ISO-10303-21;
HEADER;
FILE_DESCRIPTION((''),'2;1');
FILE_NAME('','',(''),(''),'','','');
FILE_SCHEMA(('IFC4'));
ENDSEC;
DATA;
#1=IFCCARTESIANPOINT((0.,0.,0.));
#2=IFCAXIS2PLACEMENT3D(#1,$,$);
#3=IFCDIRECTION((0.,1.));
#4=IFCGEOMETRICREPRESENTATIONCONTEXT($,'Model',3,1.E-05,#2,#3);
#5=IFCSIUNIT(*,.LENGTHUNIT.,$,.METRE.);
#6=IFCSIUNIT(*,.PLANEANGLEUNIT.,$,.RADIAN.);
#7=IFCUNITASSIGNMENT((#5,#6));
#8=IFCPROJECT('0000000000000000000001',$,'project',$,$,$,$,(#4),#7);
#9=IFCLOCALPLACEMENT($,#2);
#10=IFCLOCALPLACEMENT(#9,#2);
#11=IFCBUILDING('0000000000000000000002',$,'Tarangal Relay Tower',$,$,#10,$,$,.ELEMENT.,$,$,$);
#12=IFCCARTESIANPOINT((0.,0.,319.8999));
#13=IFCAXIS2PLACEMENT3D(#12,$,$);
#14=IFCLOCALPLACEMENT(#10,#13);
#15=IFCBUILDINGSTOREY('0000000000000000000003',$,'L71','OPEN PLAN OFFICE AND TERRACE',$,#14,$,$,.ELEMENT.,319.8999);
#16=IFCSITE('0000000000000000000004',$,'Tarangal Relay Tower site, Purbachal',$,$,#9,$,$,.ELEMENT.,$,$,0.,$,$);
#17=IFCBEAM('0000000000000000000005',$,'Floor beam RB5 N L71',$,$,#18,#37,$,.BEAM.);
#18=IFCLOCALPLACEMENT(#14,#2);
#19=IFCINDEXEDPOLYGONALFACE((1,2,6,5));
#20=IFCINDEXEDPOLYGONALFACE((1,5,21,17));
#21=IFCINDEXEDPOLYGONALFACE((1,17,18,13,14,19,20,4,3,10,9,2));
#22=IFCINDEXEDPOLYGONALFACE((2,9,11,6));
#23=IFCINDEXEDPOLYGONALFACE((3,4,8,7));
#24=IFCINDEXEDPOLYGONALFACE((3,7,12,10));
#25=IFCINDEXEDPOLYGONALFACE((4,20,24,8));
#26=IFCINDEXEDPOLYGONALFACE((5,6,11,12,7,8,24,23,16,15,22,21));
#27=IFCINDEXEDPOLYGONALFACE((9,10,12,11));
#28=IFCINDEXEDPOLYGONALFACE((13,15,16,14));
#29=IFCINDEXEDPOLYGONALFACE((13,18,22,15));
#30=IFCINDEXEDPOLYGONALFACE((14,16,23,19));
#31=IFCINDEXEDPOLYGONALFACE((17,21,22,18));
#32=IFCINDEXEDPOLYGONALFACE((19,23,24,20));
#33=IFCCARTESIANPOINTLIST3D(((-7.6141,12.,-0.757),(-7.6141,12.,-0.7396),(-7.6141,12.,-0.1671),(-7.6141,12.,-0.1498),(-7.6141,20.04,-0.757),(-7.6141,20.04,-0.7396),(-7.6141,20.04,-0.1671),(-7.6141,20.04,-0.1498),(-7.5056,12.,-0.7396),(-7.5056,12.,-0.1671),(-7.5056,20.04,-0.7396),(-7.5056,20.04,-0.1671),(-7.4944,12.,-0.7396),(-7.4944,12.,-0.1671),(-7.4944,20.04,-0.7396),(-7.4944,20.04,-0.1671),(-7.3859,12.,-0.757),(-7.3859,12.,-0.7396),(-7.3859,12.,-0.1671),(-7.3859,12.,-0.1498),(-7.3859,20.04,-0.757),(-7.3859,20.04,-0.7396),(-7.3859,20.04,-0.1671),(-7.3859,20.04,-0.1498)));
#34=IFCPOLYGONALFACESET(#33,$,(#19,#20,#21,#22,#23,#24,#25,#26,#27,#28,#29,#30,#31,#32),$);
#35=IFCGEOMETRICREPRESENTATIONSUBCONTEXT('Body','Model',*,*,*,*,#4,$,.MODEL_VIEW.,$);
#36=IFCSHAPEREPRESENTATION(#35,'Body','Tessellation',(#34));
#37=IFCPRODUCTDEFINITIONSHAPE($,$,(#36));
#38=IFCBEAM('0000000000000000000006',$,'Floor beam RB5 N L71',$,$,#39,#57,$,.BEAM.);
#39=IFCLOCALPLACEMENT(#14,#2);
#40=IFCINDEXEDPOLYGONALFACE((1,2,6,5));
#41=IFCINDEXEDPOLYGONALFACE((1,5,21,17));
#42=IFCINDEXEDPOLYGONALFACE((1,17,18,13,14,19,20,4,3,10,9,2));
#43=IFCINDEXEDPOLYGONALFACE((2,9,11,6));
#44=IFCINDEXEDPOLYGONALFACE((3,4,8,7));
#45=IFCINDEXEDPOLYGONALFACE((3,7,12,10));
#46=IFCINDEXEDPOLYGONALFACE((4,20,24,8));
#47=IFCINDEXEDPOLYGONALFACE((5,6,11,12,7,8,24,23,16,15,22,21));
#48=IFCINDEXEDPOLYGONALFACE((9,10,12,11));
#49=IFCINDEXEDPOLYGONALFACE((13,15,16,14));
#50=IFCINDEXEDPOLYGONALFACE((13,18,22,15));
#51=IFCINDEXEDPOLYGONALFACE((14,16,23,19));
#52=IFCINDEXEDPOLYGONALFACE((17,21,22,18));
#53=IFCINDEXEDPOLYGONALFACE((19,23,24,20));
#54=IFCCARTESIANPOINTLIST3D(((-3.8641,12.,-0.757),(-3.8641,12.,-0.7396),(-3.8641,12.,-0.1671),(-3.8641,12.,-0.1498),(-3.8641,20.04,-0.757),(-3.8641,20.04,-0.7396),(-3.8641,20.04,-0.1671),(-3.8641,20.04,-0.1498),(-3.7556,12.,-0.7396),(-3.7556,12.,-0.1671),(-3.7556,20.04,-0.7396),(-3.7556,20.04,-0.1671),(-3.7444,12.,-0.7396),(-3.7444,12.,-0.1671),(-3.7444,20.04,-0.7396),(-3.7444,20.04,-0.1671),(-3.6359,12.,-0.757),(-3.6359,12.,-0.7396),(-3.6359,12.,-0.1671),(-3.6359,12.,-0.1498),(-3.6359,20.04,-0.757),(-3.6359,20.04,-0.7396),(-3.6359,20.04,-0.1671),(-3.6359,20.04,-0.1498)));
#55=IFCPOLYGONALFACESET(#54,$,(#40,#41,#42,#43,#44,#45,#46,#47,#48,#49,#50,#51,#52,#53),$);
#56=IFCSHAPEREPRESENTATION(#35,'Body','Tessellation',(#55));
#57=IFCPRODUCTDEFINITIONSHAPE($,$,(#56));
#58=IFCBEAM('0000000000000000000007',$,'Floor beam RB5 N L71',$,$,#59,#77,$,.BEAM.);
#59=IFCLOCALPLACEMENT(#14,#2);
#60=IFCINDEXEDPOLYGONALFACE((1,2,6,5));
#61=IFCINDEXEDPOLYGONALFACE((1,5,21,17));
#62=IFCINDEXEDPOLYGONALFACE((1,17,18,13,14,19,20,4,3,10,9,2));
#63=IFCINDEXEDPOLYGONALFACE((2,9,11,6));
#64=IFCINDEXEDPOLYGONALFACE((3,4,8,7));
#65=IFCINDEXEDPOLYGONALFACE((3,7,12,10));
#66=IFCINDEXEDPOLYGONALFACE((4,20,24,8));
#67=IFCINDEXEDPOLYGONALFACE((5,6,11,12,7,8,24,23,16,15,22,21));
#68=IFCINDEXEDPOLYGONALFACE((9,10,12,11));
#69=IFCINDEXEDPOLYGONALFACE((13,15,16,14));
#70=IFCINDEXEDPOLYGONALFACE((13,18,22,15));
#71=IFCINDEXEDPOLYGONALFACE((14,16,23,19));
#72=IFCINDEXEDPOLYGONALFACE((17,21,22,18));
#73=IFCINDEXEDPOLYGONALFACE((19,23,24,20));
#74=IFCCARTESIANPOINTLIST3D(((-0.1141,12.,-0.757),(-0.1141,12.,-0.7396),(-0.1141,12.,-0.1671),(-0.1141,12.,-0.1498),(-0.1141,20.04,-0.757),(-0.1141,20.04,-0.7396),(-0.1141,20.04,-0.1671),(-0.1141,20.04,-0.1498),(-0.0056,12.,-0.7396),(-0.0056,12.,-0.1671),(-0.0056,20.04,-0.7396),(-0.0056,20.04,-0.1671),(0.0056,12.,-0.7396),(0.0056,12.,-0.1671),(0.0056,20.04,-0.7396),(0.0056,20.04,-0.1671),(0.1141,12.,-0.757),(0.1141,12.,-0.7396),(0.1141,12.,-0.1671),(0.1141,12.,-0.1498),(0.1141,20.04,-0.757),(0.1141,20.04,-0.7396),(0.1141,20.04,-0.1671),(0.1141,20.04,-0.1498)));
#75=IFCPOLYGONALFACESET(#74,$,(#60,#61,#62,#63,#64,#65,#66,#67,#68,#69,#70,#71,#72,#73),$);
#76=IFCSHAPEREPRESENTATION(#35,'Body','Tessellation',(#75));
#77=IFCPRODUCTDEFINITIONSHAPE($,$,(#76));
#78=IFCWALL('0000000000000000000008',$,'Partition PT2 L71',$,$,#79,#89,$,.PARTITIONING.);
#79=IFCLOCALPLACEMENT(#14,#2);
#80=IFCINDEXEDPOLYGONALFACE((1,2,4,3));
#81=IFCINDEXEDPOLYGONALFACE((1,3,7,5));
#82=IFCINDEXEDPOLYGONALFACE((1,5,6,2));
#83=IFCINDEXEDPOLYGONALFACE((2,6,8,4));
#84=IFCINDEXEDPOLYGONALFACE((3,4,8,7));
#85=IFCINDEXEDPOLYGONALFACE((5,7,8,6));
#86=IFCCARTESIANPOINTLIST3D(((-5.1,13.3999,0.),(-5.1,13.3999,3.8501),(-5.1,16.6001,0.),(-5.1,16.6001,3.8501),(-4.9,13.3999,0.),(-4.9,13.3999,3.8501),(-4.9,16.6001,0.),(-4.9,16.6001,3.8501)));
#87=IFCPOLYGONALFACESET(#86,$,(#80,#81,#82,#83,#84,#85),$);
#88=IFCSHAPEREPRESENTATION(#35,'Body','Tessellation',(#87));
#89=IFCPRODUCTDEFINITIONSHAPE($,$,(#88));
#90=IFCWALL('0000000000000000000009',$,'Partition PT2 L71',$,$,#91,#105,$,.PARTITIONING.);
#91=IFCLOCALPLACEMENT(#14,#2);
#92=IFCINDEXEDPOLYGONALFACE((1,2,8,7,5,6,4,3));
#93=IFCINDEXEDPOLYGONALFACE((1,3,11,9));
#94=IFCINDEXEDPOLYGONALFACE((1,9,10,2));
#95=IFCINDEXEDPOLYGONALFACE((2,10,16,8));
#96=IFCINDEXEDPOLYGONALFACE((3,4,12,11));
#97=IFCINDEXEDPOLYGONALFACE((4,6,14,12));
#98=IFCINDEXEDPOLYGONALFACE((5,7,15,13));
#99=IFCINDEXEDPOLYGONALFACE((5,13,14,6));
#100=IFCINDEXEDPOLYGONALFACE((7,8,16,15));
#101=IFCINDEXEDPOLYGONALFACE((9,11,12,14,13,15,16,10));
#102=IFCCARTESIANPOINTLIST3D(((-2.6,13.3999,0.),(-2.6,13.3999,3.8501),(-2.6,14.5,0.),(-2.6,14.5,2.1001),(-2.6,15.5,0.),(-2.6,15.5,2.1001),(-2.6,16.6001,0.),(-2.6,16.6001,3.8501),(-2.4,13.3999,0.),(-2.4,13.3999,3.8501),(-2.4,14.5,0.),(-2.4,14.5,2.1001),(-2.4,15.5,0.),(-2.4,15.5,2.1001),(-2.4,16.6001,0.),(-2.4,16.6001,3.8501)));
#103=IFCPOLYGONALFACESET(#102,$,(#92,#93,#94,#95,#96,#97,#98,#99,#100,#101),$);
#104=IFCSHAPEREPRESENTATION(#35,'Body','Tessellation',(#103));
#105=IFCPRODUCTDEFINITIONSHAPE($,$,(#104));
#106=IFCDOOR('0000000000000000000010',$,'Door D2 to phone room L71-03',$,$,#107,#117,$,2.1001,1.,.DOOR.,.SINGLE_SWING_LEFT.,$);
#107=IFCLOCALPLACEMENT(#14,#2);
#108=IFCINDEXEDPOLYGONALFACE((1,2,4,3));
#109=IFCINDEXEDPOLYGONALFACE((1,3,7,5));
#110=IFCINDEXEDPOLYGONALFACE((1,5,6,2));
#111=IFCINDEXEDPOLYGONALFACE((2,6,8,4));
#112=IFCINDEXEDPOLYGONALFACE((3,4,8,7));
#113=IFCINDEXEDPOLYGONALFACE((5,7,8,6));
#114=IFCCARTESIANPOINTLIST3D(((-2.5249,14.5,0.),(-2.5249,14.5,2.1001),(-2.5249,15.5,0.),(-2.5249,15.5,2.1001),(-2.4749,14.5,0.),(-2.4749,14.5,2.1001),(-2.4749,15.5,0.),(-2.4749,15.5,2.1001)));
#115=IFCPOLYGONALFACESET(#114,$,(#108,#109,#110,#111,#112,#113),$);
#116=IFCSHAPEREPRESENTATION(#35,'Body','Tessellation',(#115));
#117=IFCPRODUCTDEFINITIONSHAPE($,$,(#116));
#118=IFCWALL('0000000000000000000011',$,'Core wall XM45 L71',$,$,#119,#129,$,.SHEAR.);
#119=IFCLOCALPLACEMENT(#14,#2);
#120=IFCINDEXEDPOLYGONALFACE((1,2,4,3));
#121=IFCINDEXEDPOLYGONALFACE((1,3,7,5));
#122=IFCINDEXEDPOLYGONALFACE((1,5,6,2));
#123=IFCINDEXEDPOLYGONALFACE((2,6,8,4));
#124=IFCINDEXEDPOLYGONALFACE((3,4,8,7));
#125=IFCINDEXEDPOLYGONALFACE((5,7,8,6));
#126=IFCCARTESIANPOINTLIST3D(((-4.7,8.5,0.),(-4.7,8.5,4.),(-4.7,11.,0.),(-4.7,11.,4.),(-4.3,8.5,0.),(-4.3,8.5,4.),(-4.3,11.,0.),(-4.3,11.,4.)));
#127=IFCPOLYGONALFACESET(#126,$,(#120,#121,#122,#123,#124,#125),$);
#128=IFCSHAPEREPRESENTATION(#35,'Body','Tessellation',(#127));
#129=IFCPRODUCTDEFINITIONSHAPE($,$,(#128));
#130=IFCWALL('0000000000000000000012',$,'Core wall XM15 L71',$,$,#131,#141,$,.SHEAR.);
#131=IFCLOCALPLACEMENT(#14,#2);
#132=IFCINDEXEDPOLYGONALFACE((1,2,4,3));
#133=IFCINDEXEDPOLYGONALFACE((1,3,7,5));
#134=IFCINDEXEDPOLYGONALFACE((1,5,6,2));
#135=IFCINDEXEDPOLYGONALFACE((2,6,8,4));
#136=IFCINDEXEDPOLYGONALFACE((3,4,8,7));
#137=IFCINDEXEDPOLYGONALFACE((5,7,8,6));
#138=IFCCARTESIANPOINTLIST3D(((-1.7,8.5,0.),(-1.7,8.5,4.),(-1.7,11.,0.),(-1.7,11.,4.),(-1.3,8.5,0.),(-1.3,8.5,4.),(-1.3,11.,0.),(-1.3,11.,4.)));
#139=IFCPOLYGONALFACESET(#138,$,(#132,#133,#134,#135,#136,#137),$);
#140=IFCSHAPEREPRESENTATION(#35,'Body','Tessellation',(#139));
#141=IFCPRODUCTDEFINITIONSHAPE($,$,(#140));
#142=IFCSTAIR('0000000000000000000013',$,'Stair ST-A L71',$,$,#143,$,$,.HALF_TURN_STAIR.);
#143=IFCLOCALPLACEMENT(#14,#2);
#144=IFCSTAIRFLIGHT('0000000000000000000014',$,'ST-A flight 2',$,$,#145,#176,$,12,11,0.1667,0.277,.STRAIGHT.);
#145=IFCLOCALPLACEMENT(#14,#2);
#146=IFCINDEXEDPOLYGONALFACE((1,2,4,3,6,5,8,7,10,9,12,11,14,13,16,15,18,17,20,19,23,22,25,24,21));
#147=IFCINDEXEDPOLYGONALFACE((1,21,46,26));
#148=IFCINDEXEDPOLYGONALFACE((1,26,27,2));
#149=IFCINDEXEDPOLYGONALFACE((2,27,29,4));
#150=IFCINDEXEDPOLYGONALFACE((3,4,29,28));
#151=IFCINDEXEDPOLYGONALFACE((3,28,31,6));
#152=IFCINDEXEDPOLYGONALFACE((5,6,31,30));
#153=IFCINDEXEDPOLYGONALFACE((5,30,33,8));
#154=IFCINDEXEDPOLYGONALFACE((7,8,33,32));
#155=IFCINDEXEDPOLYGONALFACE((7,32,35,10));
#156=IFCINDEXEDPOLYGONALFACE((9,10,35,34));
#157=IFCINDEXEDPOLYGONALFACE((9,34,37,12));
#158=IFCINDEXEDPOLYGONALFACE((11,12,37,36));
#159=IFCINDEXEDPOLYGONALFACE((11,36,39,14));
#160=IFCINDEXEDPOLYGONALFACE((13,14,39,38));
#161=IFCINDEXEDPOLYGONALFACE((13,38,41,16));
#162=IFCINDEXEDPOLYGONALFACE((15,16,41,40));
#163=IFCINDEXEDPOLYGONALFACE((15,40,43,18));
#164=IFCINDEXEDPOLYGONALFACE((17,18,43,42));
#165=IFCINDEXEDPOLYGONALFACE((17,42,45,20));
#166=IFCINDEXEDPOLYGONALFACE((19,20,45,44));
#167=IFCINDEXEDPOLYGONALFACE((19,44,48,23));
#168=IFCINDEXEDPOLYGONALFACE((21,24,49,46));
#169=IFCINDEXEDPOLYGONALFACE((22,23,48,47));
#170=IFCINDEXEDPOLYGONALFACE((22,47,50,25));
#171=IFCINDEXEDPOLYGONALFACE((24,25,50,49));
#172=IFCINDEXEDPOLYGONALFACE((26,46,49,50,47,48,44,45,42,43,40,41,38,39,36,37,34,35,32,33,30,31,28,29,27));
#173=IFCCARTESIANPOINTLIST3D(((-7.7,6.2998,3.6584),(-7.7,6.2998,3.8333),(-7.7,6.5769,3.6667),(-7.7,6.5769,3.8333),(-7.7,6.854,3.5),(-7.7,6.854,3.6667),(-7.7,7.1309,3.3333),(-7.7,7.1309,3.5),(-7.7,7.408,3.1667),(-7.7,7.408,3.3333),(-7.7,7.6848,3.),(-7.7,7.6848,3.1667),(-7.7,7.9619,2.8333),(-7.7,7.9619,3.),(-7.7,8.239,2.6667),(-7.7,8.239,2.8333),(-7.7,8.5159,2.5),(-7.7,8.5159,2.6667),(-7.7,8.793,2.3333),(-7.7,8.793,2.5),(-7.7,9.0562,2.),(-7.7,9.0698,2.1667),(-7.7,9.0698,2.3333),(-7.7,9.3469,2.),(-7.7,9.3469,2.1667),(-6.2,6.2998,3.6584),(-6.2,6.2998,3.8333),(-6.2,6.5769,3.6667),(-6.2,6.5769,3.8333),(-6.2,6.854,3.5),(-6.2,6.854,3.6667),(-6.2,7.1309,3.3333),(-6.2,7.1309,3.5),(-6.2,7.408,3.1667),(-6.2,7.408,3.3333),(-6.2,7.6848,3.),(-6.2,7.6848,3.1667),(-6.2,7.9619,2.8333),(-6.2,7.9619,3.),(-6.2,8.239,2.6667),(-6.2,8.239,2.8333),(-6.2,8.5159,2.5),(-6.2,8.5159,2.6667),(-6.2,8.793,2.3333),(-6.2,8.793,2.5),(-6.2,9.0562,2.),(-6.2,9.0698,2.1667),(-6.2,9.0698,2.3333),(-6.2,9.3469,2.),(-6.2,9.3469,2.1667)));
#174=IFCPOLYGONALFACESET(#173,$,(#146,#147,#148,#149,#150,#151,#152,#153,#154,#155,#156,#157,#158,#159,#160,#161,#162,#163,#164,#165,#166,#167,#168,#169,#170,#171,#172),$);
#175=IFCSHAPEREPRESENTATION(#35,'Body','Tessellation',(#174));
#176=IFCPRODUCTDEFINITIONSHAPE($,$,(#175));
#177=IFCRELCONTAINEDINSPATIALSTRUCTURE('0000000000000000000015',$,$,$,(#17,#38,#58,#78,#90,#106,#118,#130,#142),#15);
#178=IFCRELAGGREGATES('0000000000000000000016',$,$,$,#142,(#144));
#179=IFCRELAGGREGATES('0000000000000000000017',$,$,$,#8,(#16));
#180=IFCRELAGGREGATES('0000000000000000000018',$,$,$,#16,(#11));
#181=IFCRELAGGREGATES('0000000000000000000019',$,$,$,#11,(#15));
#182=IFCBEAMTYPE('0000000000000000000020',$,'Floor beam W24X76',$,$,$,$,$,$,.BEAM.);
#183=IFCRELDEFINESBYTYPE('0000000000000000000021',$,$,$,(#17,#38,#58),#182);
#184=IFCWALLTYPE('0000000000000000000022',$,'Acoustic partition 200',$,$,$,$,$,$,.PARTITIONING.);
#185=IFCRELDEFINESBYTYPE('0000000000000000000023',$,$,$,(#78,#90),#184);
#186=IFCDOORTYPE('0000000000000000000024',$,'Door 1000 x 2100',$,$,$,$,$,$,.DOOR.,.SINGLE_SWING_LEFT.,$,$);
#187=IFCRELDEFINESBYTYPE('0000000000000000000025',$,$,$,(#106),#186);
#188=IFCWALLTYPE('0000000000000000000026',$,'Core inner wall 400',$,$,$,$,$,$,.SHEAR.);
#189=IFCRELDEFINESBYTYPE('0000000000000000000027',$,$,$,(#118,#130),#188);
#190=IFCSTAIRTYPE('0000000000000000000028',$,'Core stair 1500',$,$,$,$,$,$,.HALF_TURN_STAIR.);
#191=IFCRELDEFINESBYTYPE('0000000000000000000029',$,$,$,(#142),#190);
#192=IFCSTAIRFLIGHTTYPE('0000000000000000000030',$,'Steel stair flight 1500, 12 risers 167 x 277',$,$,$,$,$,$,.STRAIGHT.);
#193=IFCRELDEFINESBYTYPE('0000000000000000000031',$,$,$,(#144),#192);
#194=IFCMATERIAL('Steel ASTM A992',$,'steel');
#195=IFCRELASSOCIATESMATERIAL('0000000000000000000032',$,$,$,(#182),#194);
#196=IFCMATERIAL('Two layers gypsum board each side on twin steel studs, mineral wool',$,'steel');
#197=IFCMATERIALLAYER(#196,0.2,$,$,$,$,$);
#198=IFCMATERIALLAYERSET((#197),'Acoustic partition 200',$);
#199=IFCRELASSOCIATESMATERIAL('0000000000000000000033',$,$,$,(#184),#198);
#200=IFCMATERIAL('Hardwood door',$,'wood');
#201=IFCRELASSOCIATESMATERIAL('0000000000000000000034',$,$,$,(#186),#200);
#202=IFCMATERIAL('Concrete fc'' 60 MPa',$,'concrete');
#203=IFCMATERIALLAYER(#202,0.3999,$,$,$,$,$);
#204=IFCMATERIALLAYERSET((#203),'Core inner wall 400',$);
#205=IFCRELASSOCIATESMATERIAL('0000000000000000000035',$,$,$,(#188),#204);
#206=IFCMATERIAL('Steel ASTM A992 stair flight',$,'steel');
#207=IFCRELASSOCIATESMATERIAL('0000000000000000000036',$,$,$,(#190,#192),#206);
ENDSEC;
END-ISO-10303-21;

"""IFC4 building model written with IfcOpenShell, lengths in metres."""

from ifc_helpers import new_model, si_unit, direction, frame, frame_2d, origin, origin_2d, place, context, subcontext, project, spatial, polyline, rectangle, i_section, outline, extrude, material, layer, layer_set, material_profile, profile_set, type_object, element, fill, aggregate, save


model = new_model("IFC4")

# Units and contexts
model_context = context("Model", 3, precision=1e-05, world=origin(), true_north=direction((0.0, 1.0)))
body_context = subcontext(model_context, "Body", "Model", "MODEL_VIEW")
ifc_project = project(units=[si_unit("LENGTHUNIT", "METRE"), si_unit("PLANEANGLEUNIT", "RADIAN")], contexts=[model_context])

# Site, building, storey
site_placement = place(None, origin())
site = spatial("IfcSite", under=ifc_project, at=site_placement, Name="Tarangal Relay Tower site, Purbachal", CompositionType="ELEMENT", RefElevation=0.0)
building_placement = place(site_placement, origin())
building = spatial("IfcBuilding", under=site, at=building_placement, Name="Tarangal Relay Tower", CompositionType="ELEMENT")
storey_placement = place(building_placement, frame((0.0, 0.0, 319.8999)))
storey = spatial("IfcBuildingStorey", under=building, at=storey_placement, Name="L71", Description="OPEN PLAN OFFICE AND TERRACE", CompositionType="ELEMENT", Elevation=319.8999)

# Beams
ifc_material_1 = material(Name="Steel ASTM A992", Category="steel")
ifc_material_profile = material_profile(ifc_material_1, i_section(OverallWidth=0.2283, OverallDepth=0.6072, WebThickness=0.0112, FlangeThickness=0.0173, at=origin_2d()), Name="W24X76")
ifc_profile_set = profile_set([ifc_material_profile], Name="Steel ASTM A992")
beam_type = type_object("IfcBeamType", Name="Floor beam W24X76", PredefinedType="BEAM", material=ifc_profile_set)
for number, where, z_axis, x_axis, name in (
    (1, (-7.5, 12.0, -0.4534), (0.0, 1.0, 0.0), (-1.0, 0.0, 0.0), "Floor beam RB5 N L71"),
    (2, (-3.75, 12.0, -0.4534), (0.0, 1.0, 0.0), (-1.0, 0.0, 0.0), "Floor beam RB5 N L71"),
    (3, (0.0, 12.0, -0.4534), (0.0, 1.0, 0.0), (-1.0, 0.0, 0.0), "Floor beam RB5 N L71"),
):
    element("IfcBeam", number, at=place(storey_placement, frame(where, z_axis=z_axis, x_axis=x_axis)), inside=storey, type_object=beam_type, Name=name, PredefinedType="BEAM", context=body_context, shape_type="SweptSolid", body=[
        extrude(i_section(OverallWidth=0.2283, OverallDepth=0.6072, WebThickness=0.0112, FlangeThickness=0.0173, at=origin_2d()), origin(), (0.0, 0.0, 1.0), 8.04),
    ])

# Wall
ifc_material_2 = material(Name="Two layers gypsum board each side on twin steel studs, mineral wool", Category="steel")
ifc_layer_1 = layer(ifc_material_2, 0.2)
ifc_layer_set_1 = layer_set([ifc_layer_1], Name="Acoustic partition 200")
wall_type_1 = type_object("IfcWallType", Name="Acoustic partition 200", PredefinedType="PARTITIONING", material=ifc_layer_set_1)
wall_1_placement = place(storey_placement, frame((-5.0, 13.3999, 0.0), z_axis=(0.0, 0.0, 1.0), x_axis=(0.0, 1.0, 0.0)))
element("IfcWall", 4, at=wall_1_placement, inside=storey, type_object=wall_type_1, Name="Partition PT2 L71", PredefinedType="PARTITIONING", context=body_context, shape_type="SweptSolid", body=[
    extrude(rectangle(XDim=3.2002, YDim=0.2, at=frame_2d((1.6001, 0.0))), origin(), (0.0, 0.0, 1.0), 3.8501),
])

# Wall, opening, door
wall_2_placement = place(storey_placement, frame((-2.5, 13.3999, 0.0), z_axis=(0.0, 0.0, 1.0), x_axis=(0.0, 1.0, 0.0)))
wall_2 = element("IfcWall", 5, at=wall_2_placement, inside=storey, type_object=wall_type_1, Name="Partition PT2 L71", PredefinedType="PARTITIONING", context=body_context, shape_type="SweptSolid", body=[
    extrude(rectangle(XDim=3.2002, YDim=0.2, at=frame_2d((1.6001, 0.0))), origin(), (0.0, 0.0, 1.0), 3.8501),
])
opening_1_placement = place(wall_2_placement, frame((1.1001, 0.0, 0.0)))
opening_1 = element("IfcOpeningElement", 6, at=opening_1_placement, cuts=wall_2, PredefinedType="OPENING", context=body_context, shape_type="SweptSolid", body=[
    extrude(rectangle(XDim=1.0, YDim=2.1001, at=frame_2d((0.5, 1.05))), frame((0.0, 0.1099, 0.0), z_axis=(0.0, -1.0, 0.0), x_axis=(1.0, 0.0, 0.0)), (0.0, 0.0, 1.0), 0.22),
])
ifc_material_3 = material(Name="Hardwood door", Category="wood")
door_type_1 = type_object("IfcDoorType", Name="Door 1000 x 2100", OperationType="SINGLE_SWING_LEFT", PredefinedType="DOOR", material=ifc_material_3)
door_1_placement = place(opening_1_placement, origin())
door_1 = element("IfcDoor", 7, at=door_1_placement, inside=storey, type_object=door_type_1, Name="Door D2 to phone room L71-03", OperationType="SINGLE_SWING_LEFT", OverallHeight=2.1001, OverallWidth=1.0, PredefinedType="DOOR", context=body_context, shape_type="SweptSolid", body=[
    extrude(rectangle(XDim=1.0, YDim=2.1001, at=frame_2d((0.5, 1.05))), frame((0.0, 0.0249, 0.0), z_axis=(0.0, -1.0, 0.0), x_axis=(1.0, 0.0, 0.0)), (0.0, 0.0, 1.0), 0.05),
])
fill(opening_1, door_1)

# Shared definitions
ifc_material_4 = material(Name="Concrete fc' 60 MPa", Category="concrete")
ifc_layer_2 = layer(ifc_material_4, 0.3999)
ifc_layer_set_2 = layer_set([ifc_layer_2], Name="Core inner wall 400")
wall_type_2 = type_object("IfcWallType", Name="Core inner wall 400", PredefinedType="SHEAR", material=ifc_layer_set_2)

# Walls
for number, where, z_axis, x_axis, name in (
    (8, (-4.5, 8.5, 0.0), (0.0, 0.0, 1.0), (0.0, 1.0, 0.0), "Core wall XM45 L71"),
    (9, (-1.5, 8.5, 0.0), (0.0, 0.0, 1.0), (0.0, 1.0, 0.0), "Core wall XM15 L71"),
):
    element("IfcWall", number, at=place(storey_placement, frame(where, z_axis=z_axis, x_axis=x_axis)), inside=storey, type_object=wall_type_2, Name=name, PredefinedType="SHEAR", context=body_context, shape_type="SweptSolid", body=[
        extrude(rectangle(XDim=2.5, YDim=0.3999, at=frame_2d((1.25, 0.0))), origin(), (0.0, 0.0, 1.0), 4.0),
    ])

# Stair, stair flight
ifc_material_5 = material(Name="Steel ASTM A992 stair flight", Category="steel")
stair_type = type_object("IfcStairType", Name="Core stair 1500", PredefinedType="HALF_TURN_STAIR", material=ifc_material_5)
stair_placement = place(storey_placement, origin())
stair = element("IfcStair", 10, at=stair_placement, inside=storey, type_object=stair_type, Name="Stair ST-A L71", PredefinedType="HALF_TURN_STAIR")
stair_flight_type = type_object("IfcStairFlightType", Name="Steel stair flight 1500, 12 risers 167 x 277", PredefinedType="STRAIGHT", material=ifc_material_5)
stair_flight_placement = place(storey_placement, frame((-6.95, 9.3469, 2.0), z_axis=(0.0, 0.0, 1.0), x_axis=(0.0, -1.0, 0.0)))
stair_flight = element("IfcStairFlight", 11, at=stair_flight_placement, type_object=stair_flight_type, Name="ST-A flight 2", NumberOfRisers=12, NumberOfTreads=11, PredefinedType="STRAIGHT", RiserHeight=0.1667, TreadLength=0.277, context=body_context, shape_type="SweptSolid", body=[
    extrude(outline(polyline([(0.0, 0.0), (0.0, 0.1667), (0.2771, 0.1667), (0.2771, 0.3333), (0.554, 0.3333), (0.554, 0.5), (0.8311, 0.5), (0.8311, 0.6667), (1.1079, 0.6667), (1.1079, 0.8333), (1.385, 0.8333), (1.385, 1.0), (1.6621, 1.0), (1.6621, 1.1667), (1.939, 1.1667), (1.939, 1.3333), (2.2161, 1.3333), (2.2161, 1.5), (2.4929, 1.5), (2.4929, 1.6667), (2.77, 1.6667), (2.77, 1.8333), (3.0471, 1.8333), (3.0471, 2.0), (3.0471, 1.6584), (0.2908, 0.0), (0.0, 0.0)])), frame((0.0, 0.75, 0.0), z_axis=(0.0, -1.0, 0.0), x_axis=(1.0, 0.0, 0.0)), (0.0, 0.0, 1.0), 1.5),
])
aggregate(stair, [stair_flight])

save(model, "model.ifc")
